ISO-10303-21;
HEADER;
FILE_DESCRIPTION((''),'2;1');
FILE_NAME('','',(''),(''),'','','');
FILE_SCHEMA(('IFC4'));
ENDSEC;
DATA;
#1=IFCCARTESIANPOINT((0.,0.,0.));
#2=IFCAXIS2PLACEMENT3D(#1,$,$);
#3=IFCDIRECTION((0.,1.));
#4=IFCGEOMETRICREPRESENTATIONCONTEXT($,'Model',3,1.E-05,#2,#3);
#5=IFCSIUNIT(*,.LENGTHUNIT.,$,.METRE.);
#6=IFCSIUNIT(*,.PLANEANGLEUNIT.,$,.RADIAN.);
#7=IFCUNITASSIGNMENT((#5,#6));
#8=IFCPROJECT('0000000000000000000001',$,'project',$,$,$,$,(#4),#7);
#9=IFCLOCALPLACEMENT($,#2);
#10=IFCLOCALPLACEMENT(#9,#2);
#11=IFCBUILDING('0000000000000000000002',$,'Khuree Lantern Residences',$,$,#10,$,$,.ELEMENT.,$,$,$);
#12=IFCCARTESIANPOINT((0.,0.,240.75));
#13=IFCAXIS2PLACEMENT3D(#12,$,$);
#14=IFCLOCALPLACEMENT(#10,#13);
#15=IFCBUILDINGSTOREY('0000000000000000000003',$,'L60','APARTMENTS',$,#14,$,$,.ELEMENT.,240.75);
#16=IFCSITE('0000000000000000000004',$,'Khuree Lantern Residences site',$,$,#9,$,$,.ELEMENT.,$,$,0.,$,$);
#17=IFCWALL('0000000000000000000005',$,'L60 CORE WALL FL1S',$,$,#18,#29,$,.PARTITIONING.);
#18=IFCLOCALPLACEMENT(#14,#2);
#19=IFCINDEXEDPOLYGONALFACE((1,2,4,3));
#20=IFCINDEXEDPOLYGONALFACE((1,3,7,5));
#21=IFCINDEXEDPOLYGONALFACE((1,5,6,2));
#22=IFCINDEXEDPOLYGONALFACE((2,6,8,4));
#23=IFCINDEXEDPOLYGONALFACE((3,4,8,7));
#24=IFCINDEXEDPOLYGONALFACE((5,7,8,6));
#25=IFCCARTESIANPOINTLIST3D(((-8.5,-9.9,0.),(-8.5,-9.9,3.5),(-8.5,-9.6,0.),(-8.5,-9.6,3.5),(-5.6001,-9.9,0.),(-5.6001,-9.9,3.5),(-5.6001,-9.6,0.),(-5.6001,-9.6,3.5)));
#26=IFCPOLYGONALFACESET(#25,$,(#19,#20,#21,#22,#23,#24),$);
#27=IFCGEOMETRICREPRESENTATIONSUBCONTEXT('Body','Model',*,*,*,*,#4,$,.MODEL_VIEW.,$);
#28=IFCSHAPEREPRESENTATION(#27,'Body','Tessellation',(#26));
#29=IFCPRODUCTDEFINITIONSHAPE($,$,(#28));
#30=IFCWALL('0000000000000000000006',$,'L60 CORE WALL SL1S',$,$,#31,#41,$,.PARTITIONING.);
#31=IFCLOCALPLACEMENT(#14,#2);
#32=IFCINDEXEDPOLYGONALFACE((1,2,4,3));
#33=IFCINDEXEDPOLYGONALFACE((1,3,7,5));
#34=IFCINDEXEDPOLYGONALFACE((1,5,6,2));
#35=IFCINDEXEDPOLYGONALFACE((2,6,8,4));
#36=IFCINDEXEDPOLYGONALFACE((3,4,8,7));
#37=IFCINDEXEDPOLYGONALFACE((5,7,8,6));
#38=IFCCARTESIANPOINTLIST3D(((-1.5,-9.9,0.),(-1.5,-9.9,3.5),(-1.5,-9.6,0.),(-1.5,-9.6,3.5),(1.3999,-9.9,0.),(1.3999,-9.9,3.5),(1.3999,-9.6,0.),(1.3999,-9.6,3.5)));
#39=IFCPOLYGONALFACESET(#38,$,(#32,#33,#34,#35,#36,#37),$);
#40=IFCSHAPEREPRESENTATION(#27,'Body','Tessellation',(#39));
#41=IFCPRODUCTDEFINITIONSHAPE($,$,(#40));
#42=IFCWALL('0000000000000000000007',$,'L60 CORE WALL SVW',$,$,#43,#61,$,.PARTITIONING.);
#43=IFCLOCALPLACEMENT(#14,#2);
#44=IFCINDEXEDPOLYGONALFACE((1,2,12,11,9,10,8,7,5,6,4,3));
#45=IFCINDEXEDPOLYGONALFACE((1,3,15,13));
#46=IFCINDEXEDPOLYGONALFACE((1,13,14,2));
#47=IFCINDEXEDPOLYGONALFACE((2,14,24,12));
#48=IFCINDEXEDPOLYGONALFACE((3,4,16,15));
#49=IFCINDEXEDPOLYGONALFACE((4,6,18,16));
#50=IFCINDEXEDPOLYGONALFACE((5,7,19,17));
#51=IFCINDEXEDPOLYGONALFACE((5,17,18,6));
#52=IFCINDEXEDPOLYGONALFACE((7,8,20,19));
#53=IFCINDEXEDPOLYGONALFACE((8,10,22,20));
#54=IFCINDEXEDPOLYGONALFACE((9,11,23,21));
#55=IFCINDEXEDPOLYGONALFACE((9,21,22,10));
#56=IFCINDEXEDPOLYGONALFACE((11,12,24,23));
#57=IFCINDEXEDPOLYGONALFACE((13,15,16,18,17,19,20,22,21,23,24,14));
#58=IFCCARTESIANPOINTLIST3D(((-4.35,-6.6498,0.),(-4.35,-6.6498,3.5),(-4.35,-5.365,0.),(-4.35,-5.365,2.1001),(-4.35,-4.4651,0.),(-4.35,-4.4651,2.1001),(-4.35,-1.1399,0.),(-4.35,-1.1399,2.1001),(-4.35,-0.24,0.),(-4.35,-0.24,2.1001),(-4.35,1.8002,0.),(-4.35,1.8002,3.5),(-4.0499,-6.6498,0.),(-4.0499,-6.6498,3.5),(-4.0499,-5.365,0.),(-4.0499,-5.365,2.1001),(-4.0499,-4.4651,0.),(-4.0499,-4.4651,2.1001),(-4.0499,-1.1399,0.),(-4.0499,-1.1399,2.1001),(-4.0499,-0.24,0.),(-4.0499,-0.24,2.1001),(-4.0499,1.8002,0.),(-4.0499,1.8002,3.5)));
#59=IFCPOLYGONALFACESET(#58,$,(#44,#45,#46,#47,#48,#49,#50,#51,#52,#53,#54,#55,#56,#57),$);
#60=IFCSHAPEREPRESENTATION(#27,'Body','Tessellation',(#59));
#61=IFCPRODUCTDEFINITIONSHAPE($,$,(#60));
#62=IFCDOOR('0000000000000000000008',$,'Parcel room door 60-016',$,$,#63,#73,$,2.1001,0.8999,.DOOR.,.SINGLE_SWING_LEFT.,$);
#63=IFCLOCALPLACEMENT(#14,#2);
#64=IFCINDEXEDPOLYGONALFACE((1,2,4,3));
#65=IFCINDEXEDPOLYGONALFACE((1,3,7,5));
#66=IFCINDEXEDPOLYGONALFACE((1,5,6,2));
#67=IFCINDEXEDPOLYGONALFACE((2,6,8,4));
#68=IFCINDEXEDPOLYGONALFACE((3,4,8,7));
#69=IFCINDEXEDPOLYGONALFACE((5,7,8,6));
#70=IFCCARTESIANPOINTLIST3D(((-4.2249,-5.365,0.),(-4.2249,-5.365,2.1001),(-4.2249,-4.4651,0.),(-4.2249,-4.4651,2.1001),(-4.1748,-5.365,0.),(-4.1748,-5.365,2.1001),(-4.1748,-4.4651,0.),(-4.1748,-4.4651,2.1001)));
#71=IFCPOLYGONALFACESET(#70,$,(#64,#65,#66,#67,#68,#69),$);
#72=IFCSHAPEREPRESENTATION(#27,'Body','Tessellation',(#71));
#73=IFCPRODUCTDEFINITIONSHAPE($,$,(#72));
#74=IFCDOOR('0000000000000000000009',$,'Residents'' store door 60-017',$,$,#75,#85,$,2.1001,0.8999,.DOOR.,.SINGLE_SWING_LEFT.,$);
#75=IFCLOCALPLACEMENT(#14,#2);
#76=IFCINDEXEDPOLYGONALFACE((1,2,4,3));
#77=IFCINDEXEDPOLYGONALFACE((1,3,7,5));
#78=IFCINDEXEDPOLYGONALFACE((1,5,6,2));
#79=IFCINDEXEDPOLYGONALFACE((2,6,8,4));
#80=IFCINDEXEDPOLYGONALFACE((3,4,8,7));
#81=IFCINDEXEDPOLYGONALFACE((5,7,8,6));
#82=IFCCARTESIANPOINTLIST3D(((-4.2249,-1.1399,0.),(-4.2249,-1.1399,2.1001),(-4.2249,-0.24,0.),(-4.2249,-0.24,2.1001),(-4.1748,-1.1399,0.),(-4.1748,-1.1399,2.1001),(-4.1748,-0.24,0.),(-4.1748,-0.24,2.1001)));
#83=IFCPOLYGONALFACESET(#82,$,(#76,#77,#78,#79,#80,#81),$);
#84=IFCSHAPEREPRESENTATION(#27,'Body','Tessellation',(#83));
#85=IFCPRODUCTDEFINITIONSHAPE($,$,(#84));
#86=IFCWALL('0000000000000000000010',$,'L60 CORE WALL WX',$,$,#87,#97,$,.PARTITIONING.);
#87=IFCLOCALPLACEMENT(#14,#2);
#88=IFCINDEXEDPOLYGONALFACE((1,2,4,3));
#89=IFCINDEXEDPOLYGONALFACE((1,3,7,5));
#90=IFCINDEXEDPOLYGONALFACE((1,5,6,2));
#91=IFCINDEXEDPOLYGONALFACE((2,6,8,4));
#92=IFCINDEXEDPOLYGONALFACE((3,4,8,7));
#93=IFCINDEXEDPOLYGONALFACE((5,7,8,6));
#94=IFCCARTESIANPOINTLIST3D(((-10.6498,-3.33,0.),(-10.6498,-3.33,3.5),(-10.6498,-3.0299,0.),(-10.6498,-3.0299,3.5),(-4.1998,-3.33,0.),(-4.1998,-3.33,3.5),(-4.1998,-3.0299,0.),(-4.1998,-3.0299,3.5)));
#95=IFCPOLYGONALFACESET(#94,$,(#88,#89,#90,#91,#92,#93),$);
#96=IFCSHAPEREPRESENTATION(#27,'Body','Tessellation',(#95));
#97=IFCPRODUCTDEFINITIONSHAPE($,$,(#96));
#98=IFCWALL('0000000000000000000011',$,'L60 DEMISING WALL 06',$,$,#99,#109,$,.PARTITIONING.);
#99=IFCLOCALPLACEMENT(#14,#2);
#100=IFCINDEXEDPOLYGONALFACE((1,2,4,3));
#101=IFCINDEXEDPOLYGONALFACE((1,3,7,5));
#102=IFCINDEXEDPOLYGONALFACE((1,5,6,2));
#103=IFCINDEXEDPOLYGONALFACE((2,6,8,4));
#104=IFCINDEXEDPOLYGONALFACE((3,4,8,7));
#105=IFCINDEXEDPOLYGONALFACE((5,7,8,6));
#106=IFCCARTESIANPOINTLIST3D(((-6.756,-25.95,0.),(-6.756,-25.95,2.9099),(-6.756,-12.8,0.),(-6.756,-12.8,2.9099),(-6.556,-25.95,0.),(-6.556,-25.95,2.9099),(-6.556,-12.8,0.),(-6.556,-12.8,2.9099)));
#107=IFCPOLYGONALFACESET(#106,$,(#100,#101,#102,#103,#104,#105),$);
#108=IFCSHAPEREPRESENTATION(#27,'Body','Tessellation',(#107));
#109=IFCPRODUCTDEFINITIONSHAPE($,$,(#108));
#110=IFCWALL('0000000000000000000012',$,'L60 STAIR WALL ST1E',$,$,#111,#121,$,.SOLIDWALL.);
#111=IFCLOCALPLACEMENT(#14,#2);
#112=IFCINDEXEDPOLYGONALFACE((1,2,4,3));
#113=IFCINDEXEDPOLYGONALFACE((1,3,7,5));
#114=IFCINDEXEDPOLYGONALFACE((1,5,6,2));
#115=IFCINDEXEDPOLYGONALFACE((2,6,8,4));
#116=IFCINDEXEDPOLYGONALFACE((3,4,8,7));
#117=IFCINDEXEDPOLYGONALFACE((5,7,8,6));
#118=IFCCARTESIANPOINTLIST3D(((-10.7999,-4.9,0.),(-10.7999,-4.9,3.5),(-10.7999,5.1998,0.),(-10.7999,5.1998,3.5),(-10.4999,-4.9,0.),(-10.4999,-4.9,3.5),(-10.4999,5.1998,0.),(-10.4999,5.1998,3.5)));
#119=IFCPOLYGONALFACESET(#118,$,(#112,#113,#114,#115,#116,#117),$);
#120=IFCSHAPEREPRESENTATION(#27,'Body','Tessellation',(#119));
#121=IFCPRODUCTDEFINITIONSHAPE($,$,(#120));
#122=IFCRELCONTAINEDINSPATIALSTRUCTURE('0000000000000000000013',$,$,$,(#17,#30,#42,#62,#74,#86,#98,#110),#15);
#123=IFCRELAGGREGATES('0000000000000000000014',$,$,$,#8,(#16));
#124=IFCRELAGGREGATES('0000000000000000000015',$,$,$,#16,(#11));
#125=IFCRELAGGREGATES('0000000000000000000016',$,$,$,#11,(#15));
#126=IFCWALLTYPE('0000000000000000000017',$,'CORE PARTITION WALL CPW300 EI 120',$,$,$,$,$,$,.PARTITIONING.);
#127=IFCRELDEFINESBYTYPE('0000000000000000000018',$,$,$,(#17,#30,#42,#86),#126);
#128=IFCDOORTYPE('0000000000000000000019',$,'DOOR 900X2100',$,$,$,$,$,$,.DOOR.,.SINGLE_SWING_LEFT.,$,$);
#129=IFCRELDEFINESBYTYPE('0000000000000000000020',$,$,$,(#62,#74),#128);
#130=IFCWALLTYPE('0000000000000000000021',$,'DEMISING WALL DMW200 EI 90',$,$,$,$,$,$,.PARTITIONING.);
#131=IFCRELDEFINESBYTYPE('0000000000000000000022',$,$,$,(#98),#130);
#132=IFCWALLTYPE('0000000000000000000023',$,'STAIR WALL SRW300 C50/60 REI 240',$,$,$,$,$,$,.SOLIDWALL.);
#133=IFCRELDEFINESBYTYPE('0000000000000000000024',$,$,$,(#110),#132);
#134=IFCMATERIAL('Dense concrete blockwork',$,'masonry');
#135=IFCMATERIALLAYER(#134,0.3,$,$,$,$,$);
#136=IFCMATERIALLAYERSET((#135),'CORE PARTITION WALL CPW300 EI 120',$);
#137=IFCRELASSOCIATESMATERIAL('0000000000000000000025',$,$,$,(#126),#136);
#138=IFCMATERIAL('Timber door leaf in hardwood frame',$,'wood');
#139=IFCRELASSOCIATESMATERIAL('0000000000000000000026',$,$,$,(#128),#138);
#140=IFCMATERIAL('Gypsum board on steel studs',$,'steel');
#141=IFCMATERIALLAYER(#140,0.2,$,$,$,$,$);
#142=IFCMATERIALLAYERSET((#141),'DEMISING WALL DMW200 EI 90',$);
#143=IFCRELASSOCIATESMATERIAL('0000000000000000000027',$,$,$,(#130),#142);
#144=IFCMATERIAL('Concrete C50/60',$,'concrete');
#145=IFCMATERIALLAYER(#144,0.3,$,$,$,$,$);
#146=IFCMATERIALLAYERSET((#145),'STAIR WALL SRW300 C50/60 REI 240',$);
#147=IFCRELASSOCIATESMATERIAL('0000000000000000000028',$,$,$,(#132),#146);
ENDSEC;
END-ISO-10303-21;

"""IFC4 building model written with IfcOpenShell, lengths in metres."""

from ifc_helpers import new_model, si_unit, direction, frame, frame_2d, origin, place, context, subcontext, project, spatial, rectangle, extrude, material, layer, layer_set, type_object, element, fill, save


model = new_model("IFC4")

# Units and contexts
model_context = context("Model", 3, precision=1e-05, world=origin(), true_north=direction((0.0, 1.0)))
body_context = subcontext(model_context, "Body", "Model", "MODEL_VIEW")
ifc_project = project(units=[si_unit("LENGTHUNIT", "METRE"), si_unit("PLANEANGLEUNIT", "RADIAN")], contexts=[model_context])

# Site, building, storey
site_placement = place(None, origin())
site = spatial("IfcSite", under=ifc_project, at=site_placement, Name="Khuree Lantern Residences site", CompositionType="ELEMENT", RefElevation=0.0)
building_placement = place(site_placement, origin())
building = spatial("IfcBuilding", under=site, at=building_placement, Name="Khuree Lantern Residences", CompositionType="ELEMENT")
storey_placement = place(building_placement, frame((0.0, 0.0, 240.75)))
storey = spatial("IfcBuildingStorey", under=building, at=storey_placement, Name="L60", Description="APARTMENTS", CompositionType="ELEMENT", Elevation=240.75)

# Shared definitions
ifc_material_1 = material(Name="Timber door leaf in hardwood frame", Category="wood")

# Shared definitions
ifc_material_2 = material(Name="Dense concrete blockwork", Category="masonry")
ifc_layer_1 = layer(ifc_material_2, 0.3)
ifc_layer_set_1 = layer_set([ifc_layer_1], Name="CORE PARTITION WALL CPW300 EI 120")
wall_type_1 = type_object("IfcWallType", Name="CORE PARTITION WALL CPW300 EI 120", PredefinedType="PARTITIONING", material=ifc_layer_set_1)

# Walls
for number, where, z_axis, x_axis, name in (
    (1, (-8.5, -9.75, 0.0), (0.0, 0.0, 1.0), (1.0, 0.0, 0.0), "L60 CORE WALL FL1S"),
    (2, (-1.5, -9.75, 0.0), (0.0, 0.0, 1.0), (1.0, 0.0, 0.0), "L60 CORE WALL SL1S"),
):
    element("IfcWall", number, at=place(storey_placement, frame(where, z_axis=z_axis, x_axis=x_axis)), inside=storey, type_object=wall_type_1, Name=name, PredefinedType="PARTITIONING", context=body_context, shape_type="SweptSolid", body=[
        extrude(rectangle(XDim=2.8999, YDim=0.3, at=frame_2d((1.45, 0.0))), origin(), (0.0, 0.0, 1.0), 3.5),
    ])

# Wall, openings, doors
wall_1_placement = place(storey_placement, frame((-4.2, -6.6499, 0.0), z_axis=(0.0, 0.0, 1.0), x_axis=(0.0, 1.0, 0.0)))
wall_1 = element("IfcWall", 3, at=wall_1_placement, inside=storey, type_object=wall_type_1, Name="L60 CORE WALL SVW", PredefinedType="PARTITIONING", context=body_context, shape_type="SweptSolid", body=[
    extrude(rectangle(XDim=8.45, YDim=0.3, at=frame_2d((4.2251, 0.0))), origin(), (0.0, 0.0, 1.0), 3.5),
])
opening_1_placement = place(wall_1_placement, frame((1.2849, 0.0, 0.0)))
opening_1 = element("IfcOpeningElement", 4, at=opening_1_placement, cuts=wall_1, PredefinedType="OPENING", context=body_context, shape_type="SweptSolid", body=[
    extrude(rectangle(XDim=0.8999, YDim=2.1001, at=frame_2d((0.45, 1.05))), frame((0.0, 0.1602, 0.0), z_axis=(0.0, -1.0, 0.0), x_axis=(1.0, 0.0, 0.0)), (0.0, 0.0, 1.0), 0.3201),
])
opening_2_placement = place(wall_1_placement, frame((5.51, 0.0, 0.0)))
opening_2 = element("IfcOpeningElement", 5, at=opening_2_placement, cuts=wall_1, PredefinedType="OPENING", context=body_context, shape_type="SweptSolid", body=[
    extrude(rectangle(XDim=0.8999, YDim=2.1001, at=frame_2d((0.45, 1.05))), frame((0.0, 0.1602, 0.0), z_axis=(0.0, -1.0, 0.0), x_axis=(1.0, 0.0, 0.0)), (0.0, 0.0, 1.0), 0.3201),
])
door_type_1 = type_object("IfcDoorType", Name="DOOR 900X2100", OperationType="SINGLE_SWING_LEFT", PredefinedType="DOOR", material=ifc_material_1)
door_1_placement = place(opening_1_placement, origin())
door_1 = element("IfcDoor", 6, at=door_1_placement, inside=storey, type_object=door_type_1, Name="Parcel room door 60-016", OperationType="SINGLE_SWING_LEFT", OverallHeight=2.1001, OverallWidth=0.8999, PredefinedType="DOOR", context=body_context, shape_type="SweptSolid", body=[
    extrude(rectangle(XDim=0.8999, YDim=2.1001, at=frame_2d((0.45, 1.05))), frame((0.0, 0.0249, 0.0), z_axis=(0.0, -1.0, 0.0), x_axis=(1.0, 0.0, 0.0)), (0.0, 0.0, 1.0), 0.05),
])
fill(opening_1, door_1)
door_2_placement = place(opening_2_placement, origin())
door_2 = element("IfcDoor", 7, at=door_2_placement, inside=storey, type_object=door_type_1, Name="Residents' store door 60-017", OperationType="SINGLE_SWING_LEFT", OverallHeight=2.1001, OverallWidth=0.8999, PredefinedType="DOOR", context=body_context, shape_type="SweptSolid", body=[
    extrude(rectangle(XDim=0.8999, YDim=2.1001, at=frame_2d((0.45, 1.05))), frame((0.0, 0.0249, 0.0), z_axis=(0.0, -1.0, 0.0), x_axis=(1.0, 0.0, 0.0)), (0.0, 0.0, 1.0), 0.05),
])
fill(opening_2, door_2)

# Walls
wall_2_placement = place(storey_placement, frame((-10.6499, -3.1799, 0.0), z_axis=(0.0, 0.0, 1.0), x_axis=(1.0, 0.0, 0.0)))
element("IfcWall", 8, at=wall_2_placement, inside=storey, type_object=wall_type_1, Name="L60 CORE WALL WX", PredefinedType="PARTITIONING", context=body_context, shape_type="SweptSolid", body=[
    extrude(rectangle(XDim=6.45, YDim=0.3, at=frame_2d((3.2251, 0.0))), origin(), (0.0, 0.0, 1.0), 3.5),
])
ifc_material_3 = material(Name="Gypsum board on steel studs", Category="steel")
ifc_layer_2 = layer(ifc_material_3, 0.2)
ifc_layer_set_2 = layer_set([ifc_layer_2], Name="DEMISING WALL DMW200 EI 90")
wall_type_2 = type_object("IfcWallType", Name="DEMISING WALL DMW200 EI 90", PredefinedType="PARTITIONING", material=ifc_layer_set_2)
wall_3_placement = place(storey_placement, frame((-6.656, -12.8, 0.0), z_axis=(0.0, 0.0, 1.0), x_axis=(0.0, -1.0, 0.0)))
element("IfcWall", 9, at=wall_3_placement, inside=storey, type_object=wall_type_2, Name="L60 DEMISING WALL 06", PredefinedType="PARTITIONING", context=body_context, shape_type="SweptSolid", body=[
    extrude(rectangle(XDim=13.1499, YDim=0.2, at=frame_2d((6.575, 0.0))), origin(), (0.0, 0.0, 1.0), 2.9099),
])
ifc_material_4 = material(Name="Concrete C50/60", Category="concrete")
ifc_layer_3 = layer(ifc_material_4, 0.3)
ifc_layer_set_3 = layer_set([ifc_layer_3], Name="STAIR WALL SRW300 C50/60 REI 240")
wall_type_3 = type_object("IfcWallType", Name="STAIR WALL SRW300 C50/60 REI 240", PredefinedType="SOLIDWALL", material=ifc_layer_set_3)
wall_4_placement = place(storey_placement, frame((-10.6499, -4.8999, 0.0), z_axis=(0.0, 0.0, 1.0), x_axis=(0.0, 1.0, 0.0)))
element("IfcWall", 10, at=wall_4_placement, inside=storey, type_object=wall_type_3, Name="L60 STAIR WALL ST1E", PredefinedType="SOLIDWALL", context=body_context, shape_type="SweptSolid", body=[
    extrude(rectangle(XDim=10.0999, YDim=0.3, at=frame_2d((5.0498, 0.0))), origin(), (0.0, 0.0, 1.0), 3.5),
])

save(model, "model.ifc")
